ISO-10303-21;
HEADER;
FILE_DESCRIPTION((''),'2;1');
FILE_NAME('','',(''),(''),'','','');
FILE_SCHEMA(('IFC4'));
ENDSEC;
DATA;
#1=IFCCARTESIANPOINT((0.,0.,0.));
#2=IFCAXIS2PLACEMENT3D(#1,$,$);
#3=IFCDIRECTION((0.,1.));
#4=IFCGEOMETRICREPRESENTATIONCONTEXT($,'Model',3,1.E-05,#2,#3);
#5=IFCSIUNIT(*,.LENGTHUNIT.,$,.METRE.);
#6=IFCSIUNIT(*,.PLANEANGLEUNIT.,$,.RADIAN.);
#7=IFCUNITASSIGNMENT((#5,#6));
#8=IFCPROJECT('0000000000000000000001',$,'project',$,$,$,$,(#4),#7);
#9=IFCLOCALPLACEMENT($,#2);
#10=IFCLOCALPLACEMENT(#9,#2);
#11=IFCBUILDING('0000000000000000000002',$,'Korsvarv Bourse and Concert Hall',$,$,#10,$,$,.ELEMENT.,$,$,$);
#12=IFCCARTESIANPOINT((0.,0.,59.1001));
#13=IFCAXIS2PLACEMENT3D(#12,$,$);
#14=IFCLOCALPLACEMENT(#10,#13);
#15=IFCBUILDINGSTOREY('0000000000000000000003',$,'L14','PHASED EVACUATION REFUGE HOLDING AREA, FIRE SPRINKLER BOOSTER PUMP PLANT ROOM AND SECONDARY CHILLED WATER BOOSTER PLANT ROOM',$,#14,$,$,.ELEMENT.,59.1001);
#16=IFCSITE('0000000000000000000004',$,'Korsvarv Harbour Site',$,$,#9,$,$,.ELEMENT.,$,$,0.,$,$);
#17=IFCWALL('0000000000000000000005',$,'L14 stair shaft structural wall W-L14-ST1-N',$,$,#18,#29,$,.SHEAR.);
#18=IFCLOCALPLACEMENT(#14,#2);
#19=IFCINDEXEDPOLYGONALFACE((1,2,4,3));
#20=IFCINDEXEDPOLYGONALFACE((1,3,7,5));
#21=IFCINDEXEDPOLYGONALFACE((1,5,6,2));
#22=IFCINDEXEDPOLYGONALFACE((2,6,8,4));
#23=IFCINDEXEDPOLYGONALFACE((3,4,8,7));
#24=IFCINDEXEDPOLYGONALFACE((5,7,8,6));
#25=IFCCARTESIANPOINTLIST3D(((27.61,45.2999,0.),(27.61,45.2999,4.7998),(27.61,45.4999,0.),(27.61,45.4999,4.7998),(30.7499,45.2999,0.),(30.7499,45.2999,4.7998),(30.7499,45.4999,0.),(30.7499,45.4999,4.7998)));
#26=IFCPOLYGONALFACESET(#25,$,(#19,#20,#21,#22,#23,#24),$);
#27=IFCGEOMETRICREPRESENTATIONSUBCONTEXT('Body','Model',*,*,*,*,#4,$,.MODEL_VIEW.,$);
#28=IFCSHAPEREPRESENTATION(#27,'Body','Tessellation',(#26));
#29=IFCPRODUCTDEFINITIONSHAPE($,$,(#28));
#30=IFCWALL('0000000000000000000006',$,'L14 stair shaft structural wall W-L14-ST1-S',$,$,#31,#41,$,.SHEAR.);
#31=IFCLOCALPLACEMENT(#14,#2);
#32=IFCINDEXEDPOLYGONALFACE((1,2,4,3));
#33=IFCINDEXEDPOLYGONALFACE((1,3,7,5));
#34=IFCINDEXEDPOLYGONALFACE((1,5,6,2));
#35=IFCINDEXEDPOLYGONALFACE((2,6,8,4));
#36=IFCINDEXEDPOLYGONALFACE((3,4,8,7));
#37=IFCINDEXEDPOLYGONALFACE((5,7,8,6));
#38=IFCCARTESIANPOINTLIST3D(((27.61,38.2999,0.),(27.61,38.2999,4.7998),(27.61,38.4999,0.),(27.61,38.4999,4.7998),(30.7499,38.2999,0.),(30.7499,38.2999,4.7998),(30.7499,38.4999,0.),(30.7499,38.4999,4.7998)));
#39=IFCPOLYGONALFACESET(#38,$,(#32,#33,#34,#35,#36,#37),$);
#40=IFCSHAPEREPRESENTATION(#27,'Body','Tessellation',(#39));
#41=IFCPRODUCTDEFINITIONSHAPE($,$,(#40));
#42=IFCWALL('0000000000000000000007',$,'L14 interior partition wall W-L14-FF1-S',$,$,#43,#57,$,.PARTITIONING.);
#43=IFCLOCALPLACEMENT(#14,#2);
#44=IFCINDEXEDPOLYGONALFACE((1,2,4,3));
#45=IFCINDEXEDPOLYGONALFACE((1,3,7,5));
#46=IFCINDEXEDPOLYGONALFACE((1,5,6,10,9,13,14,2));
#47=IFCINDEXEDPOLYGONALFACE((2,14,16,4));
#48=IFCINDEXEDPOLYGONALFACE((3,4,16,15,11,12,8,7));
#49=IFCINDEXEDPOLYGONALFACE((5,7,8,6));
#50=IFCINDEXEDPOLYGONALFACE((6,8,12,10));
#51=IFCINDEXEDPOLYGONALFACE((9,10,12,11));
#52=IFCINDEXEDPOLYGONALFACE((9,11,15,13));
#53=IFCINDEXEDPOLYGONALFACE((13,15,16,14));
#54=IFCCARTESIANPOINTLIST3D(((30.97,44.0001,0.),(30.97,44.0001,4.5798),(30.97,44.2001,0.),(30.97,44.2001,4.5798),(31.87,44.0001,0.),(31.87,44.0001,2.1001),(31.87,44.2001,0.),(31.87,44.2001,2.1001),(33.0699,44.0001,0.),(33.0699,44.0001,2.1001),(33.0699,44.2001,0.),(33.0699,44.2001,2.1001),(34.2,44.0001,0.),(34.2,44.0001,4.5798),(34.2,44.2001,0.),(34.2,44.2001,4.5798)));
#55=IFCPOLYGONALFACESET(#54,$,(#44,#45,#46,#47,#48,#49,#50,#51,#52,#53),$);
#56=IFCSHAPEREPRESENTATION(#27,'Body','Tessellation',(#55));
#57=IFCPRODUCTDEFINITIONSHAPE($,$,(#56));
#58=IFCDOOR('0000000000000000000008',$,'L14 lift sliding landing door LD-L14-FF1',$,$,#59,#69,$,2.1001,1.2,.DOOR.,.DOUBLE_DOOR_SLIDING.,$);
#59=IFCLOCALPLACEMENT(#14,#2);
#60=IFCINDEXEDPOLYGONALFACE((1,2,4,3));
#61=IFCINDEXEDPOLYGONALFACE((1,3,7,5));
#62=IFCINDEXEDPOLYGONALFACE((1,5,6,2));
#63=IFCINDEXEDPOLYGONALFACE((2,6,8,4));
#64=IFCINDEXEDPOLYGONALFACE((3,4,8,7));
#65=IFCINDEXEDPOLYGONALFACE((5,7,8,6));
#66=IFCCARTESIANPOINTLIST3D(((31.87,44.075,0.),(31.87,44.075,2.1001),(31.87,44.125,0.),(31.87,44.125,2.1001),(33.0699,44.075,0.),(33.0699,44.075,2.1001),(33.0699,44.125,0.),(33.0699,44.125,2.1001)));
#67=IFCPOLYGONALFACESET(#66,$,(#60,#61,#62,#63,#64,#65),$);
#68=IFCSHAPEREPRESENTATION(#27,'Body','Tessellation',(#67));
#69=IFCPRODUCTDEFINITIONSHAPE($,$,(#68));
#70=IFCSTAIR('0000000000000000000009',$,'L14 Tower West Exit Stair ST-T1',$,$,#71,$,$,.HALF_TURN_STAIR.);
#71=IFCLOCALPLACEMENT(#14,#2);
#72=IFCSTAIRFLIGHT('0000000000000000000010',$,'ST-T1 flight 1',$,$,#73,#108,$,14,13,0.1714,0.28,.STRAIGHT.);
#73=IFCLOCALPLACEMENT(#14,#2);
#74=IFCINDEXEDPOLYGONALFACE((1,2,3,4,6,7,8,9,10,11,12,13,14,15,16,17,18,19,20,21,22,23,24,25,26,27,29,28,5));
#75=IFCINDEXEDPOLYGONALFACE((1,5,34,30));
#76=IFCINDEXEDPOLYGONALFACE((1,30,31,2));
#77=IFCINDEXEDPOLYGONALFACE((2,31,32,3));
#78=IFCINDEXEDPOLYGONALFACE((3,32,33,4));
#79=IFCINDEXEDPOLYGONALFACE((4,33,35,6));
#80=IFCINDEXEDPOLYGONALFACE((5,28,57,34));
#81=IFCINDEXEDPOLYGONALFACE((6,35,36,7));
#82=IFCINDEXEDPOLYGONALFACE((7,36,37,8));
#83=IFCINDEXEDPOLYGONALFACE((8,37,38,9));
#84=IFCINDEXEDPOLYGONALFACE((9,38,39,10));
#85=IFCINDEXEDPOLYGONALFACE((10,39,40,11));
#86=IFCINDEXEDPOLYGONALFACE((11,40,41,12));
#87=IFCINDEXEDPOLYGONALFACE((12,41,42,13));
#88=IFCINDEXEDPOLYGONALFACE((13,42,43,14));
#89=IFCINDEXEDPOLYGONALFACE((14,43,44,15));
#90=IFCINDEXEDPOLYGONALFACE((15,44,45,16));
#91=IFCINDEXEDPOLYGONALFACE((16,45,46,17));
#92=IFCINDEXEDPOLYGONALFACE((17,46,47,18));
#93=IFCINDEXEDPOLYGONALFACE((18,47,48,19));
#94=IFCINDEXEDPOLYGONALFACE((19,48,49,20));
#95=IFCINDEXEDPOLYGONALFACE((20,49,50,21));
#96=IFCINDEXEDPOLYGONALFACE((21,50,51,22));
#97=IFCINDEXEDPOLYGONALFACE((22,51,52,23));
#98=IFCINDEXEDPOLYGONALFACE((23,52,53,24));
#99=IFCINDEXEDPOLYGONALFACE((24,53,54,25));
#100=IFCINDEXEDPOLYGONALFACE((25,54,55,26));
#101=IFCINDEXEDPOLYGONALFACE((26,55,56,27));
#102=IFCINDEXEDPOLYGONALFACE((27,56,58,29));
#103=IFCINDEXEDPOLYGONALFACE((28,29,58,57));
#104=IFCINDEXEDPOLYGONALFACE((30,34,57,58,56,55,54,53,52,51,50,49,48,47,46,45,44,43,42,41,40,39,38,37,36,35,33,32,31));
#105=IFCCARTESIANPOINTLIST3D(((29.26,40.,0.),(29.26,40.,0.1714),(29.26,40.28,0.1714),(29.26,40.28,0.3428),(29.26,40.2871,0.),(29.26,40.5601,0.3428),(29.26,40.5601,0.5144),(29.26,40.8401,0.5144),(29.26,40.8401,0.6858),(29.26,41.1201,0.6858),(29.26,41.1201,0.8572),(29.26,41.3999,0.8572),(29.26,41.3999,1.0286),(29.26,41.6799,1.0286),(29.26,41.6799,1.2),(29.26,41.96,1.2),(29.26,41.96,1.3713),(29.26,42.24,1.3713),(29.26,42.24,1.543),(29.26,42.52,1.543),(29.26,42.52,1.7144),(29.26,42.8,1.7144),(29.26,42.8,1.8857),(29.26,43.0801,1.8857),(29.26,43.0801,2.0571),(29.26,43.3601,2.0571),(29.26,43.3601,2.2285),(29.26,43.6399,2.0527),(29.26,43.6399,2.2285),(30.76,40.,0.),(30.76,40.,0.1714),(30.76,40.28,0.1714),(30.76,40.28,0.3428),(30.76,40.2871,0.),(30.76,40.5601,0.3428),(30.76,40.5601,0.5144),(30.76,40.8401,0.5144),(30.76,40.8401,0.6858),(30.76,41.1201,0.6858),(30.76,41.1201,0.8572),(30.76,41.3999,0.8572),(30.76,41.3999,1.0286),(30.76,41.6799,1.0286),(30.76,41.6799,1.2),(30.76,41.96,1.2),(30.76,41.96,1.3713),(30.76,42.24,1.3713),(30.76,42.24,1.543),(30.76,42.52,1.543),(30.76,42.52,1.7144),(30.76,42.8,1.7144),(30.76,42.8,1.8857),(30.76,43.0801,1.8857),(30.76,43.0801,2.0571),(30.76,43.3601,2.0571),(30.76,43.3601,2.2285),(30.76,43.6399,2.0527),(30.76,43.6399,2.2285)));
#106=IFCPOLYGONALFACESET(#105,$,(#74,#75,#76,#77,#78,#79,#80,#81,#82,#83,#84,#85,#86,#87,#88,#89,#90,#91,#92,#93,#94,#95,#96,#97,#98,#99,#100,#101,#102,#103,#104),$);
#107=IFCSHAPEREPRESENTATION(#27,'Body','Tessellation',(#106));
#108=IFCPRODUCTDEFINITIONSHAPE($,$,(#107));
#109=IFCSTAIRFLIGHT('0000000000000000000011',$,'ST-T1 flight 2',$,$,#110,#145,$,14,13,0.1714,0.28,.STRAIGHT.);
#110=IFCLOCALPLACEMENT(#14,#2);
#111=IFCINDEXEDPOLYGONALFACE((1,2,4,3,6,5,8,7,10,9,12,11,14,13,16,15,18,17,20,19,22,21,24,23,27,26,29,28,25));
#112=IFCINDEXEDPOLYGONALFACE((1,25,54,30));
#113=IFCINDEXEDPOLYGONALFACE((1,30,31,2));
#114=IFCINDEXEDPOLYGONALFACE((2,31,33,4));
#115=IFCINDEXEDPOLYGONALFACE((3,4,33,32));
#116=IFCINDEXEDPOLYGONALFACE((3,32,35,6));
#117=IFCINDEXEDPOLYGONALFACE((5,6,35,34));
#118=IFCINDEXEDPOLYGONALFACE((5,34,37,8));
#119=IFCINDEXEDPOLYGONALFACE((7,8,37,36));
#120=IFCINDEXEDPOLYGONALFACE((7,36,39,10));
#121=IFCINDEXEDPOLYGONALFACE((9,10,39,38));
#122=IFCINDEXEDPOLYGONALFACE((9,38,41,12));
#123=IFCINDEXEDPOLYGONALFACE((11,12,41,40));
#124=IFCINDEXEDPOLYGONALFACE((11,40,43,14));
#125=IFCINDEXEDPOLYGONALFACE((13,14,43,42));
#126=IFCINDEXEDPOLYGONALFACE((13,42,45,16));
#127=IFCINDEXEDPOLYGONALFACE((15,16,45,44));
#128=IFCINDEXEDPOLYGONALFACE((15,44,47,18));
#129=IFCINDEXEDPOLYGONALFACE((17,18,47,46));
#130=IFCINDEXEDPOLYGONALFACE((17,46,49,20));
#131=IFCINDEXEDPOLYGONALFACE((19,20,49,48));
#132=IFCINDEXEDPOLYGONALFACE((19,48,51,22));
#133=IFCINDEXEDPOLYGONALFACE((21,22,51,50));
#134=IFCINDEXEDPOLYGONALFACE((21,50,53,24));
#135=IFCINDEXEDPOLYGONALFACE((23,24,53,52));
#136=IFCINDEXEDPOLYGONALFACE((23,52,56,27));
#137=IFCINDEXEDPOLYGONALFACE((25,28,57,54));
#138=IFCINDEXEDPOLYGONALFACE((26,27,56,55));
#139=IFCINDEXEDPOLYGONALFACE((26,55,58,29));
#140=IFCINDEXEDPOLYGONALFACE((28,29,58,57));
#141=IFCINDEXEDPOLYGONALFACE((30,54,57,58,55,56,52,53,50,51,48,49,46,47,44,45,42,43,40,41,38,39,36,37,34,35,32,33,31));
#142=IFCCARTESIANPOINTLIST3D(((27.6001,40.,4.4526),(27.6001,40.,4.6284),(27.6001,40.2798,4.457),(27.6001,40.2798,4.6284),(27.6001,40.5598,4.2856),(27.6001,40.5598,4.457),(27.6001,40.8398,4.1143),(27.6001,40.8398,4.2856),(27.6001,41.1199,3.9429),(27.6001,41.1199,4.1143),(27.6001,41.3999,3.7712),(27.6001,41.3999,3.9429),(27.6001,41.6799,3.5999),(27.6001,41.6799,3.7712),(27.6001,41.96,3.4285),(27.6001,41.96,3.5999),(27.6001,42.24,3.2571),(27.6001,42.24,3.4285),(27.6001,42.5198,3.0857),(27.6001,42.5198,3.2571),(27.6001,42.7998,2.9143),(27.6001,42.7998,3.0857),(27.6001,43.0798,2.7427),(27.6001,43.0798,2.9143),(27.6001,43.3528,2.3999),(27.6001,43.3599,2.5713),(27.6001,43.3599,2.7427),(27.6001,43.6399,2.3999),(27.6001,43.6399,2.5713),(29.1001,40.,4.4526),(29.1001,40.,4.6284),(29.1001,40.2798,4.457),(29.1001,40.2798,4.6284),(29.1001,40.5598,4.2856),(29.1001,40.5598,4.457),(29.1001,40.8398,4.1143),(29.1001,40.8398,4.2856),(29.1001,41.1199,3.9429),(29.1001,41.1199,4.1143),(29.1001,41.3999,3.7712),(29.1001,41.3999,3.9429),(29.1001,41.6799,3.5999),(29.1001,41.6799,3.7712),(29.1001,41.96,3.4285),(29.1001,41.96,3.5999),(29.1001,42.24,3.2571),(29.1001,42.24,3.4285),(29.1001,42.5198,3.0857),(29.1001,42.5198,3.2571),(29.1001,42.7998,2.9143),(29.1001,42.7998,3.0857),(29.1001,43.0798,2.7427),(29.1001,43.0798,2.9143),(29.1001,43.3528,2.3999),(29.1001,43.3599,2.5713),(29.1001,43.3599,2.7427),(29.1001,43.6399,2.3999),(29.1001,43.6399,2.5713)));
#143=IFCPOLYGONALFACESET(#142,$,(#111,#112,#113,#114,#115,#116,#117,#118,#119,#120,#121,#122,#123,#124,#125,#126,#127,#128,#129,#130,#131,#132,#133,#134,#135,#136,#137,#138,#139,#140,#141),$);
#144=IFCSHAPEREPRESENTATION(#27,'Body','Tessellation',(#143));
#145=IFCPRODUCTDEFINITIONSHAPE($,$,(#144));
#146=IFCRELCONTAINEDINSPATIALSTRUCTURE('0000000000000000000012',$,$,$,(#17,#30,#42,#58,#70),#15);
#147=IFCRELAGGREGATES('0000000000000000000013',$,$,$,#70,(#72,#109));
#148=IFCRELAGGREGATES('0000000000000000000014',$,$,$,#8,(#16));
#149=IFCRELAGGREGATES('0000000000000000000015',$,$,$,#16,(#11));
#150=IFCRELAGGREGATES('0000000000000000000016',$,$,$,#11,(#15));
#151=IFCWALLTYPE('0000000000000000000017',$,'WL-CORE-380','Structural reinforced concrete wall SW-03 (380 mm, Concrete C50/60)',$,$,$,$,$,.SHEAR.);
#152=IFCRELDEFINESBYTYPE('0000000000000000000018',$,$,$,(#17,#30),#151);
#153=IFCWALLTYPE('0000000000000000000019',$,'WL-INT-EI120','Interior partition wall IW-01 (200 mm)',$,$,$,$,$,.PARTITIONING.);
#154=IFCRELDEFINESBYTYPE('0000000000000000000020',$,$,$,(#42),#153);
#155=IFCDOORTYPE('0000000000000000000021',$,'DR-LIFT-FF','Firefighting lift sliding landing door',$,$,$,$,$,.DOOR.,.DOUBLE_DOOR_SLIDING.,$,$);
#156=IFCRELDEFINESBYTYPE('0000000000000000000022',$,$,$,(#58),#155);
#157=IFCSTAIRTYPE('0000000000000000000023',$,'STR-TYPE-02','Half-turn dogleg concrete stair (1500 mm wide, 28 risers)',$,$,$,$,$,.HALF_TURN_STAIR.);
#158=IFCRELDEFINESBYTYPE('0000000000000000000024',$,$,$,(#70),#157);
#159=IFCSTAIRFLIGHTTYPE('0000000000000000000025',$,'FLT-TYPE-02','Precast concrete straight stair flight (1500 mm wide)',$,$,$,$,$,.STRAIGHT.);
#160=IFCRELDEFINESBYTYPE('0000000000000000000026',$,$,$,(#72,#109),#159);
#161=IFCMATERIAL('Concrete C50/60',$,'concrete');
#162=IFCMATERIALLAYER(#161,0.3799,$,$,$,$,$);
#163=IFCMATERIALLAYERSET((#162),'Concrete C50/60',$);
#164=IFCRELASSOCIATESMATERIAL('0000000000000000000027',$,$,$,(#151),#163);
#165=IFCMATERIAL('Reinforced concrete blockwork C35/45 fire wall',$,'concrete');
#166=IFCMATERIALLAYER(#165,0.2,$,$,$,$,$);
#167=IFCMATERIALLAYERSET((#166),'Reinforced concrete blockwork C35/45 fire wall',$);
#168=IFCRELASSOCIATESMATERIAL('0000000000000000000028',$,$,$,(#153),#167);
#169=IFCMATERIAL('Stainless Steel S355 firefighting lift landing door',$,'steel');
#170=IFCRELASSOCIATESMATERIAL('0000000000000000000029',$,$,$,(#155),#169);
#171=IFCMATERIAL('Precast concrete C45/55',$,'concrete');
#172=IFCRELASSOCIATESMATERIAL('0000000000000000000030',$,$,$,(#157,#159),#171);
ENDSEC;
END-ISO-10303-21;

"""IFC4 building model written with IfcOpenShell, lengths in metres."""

from ifc_helpers import new_model, si_unit, direction, frame, frame_2d, origin, place, context, subcontext, project, spatial, polyline, rectangle, outline, extrude, material, layer, layer_set, type_object, element, fill, aggregate, save


model = new_model("IFC4")

# Units and contexts
model_context = context("Model", 3, precision=1e-05, world=origin(), true_north=direction((0.0, 1.0)))
body_context = subcontext(model_context, "Body", "Model", "MODEL_VIEW")
ifc_project = project(units=[si_unit("LENGTHUNIT", "METRE"), si_unit("PLANEANGLEUNIT", "RADIAN")], contexts=[model_context])

# Site, building, storey
site_placement = place(None, origin())
site = spatial("IfcSite", under=ifc_project, at=site_placement, Name="Korsvarv Harbour Site", CompositionType="ELEMENT", RefElevation=0.0)
building_placement = place(site_placement, origin())
building = spatial("IfcBuilding", under=site, at=building_placement, Name="Korsvarv Bourse and Concert Hall", CompositionType="ELEMENT")
storey_placement = place(building_placement, frame((0.0, 0.0, 59.1001)))
storey = spatial("IfcBuildingStorey", under=building, at=storey_placement, Name="L14", Description="PHASED EVACUATION REFUGE HOLDING AREA, FIRE SPRINKLER BOOSTER PUMP PLANT ROOM AND SECONDARY CHILLED WATER BOOSTER PLANT ROOM", CompositionType="ELEMENT", Elevation=59.1001)

# Walls
ifc_material_1 = material(Name="Concrete C50/60", Category="concrete")
ifc_layer_1 = layer(ifc_material_1, 0.3799)
ifc_layer_set_1 = layer_set([ifc_layer_1], Name="Concrete C50/60")
wall_type_1 = type_object("IfcWallType", Name="WL-CORE-380", Description="Structural reinforced concrete wall SW-03 (380 mm, Concrete C50/60)", PredefinedType="SHEAR", material=ifc_layer_set_1)
for number, where, z_axis, x_axis, name in (
    (1, (27.6101, 45.3999, 0.0), (0.0, 0.0, 1.0), (1.0, 0.0, 0.0), "L14 stair shaft structural wall W-L14-ST1-N"),
    (2, (27.6101, 38.3999, 0.0), (0.0, 0.0, 1.0), (1.0, 0.0, 0.0), "L14 stair shaft structural wall W-L14-ST1-S"),
):
    element("IfcWall", number, at=place(storey_placement, frame(where, z_axis=z_axis, x_axis=x_axis)), inside=storey, type_object=wall_type_1, Name=name, PredefinedType="SHEAR", context=body_context, shape_type="SweptSolid", body=[
        extrude(rectangle(XDim=3.1399, YDim=0.2, at=frame_2d((1.5698, 0.0))), origin(), (0.0, 0.0, 1.0), 4.7998),
    ])

# Wall, opening, door
ifc_material_2 = material(Name="Reinforced concrete blockwork C35/45 fire wall", Category="concrete")
ifc_layer_2 = layer(ifc_material_2, 0.2)
ifc_layer_set_2 = layer_set([ifc_layer_2], Name="Reinforced concrete blockwork C35/45 fire wall")
wall_type_2 = type_object("IfcWallType", Name="WL-INT-EI120", Description="Interior partition wall IW-01 (200 mm)", PredefinedType="PARTITIONING", material=ifc_layer_set_2)
wall_placement = place(storey_placement, frame((30.97, 44.1001, 0.0), z_axis=(0.0, 0.0, 1.0), x_axis=(1.0, 0.0, 0.0)))
wall = element("IfcWall", 3, at=wall_placement, inside=storey, type_object=wall_type_2, Name="L14 interior partition wall W-L14-FF1-S", PredefinedType="PARTITIONING", context=body_context, shape_type="SweptSolid", body=[
    extrude(rectangle(XDim=3.23, YDim=0.2, at=frame_2d((1.615, 0.0))), origin(), (0.0, 0.0, 1.0), 4.5798),
])
opening_placement = place(wall_placement, frame((0.8999, 0.0, 0.0)))
opening = element("IfcOpeningElement", 4, at=opening_placement, cuts=wall, PredefinedType="OPENING", context=body_context, shape_type="SweptSolid", body=[
    extrude(rectangle(XDim=1.2, YDim=2.1001, at=frame_2d((0.6001, 1.05))), frame((0.0, 0.1099, 0.0), z_axis=(0.0, -1.0, 0.0), x_axis=(1.0, 0.0, 0.0)), (0.0, 0.0, 1.0), 0.22),
])
ifc_material_3 = material(Name="Stainless Steel S355 firefighting lift landing door", Category="steel")
door_type = type_object("IfcDoorType", Name="DR-LIFT-FF", Description="Firefighting lift sliding landing door", OperationType="DOUBLE_DOOR_SLIDING", PredefinedType="DOOR", material=ifc_material_3)
door_placement = place(opening_placement, origin())
door = element("IfcDoor", 5, at=door_placement, inside=storey, type_object=door_type, Name="L14 lift sliding landing door LD-L14-FF1", OperationType="DOUBLE_DOOR_SLIDING", OverallHeight=2.1001, OverallWidth=1.2, PredefinedType="DOOR", context=body_context, shape_type="SweptSolid", body=[
    extrude(rectangle(XDim=1.2, YDim=2.1001, at=frame_2d((0.6001, 1.05))), frame((0.0, 0.0249, 0.0), z_axis=(0.0, -1.0, 0.0), x_axis=(1.0, 0.0, 0.0)), (0.0, 0.0, 1.0), 0.05),
])
fill(opening, door)

# Stair, stair flights
ifc_material_4 = material(Name="Precast concrete C45/55", Category="concrete")
stair_type = type_object("IfcStairType", Name="STR-TYPE-02", Description="Half-turn dogleg concrete stair (1500 mm wide, 28 risers)", PredefinedType="HALF_TURN_STAIR", material=ifc_material_4)
stair_placement = place(storey_placement, origin())
stair = element("IfcStair", 6, at=stair_placement, inside=storey, type_object=stair_type, Name="L14 Tower West Exit Stair ST-T1", PredefinedType="HALF_TURN_STAIR")
stair_flight_type = type_object("IfcStairFlightType", Name="FLT-TYPE-02", Description="Precast concrete straight stair flight (1500 mm wide)", PredefinedType="STRAIGHT", material=ifc_material_4)
stair_flight_1_placement = place(storey_placement, frame((30.01, 40.0, 0.0), z_axis=(0.0, 0.0, 1.0), x_axis=(0.0, 1.0, 0.0)))
stair_flight_1 = element("IfcStairFlight", 7, at=stair_flight_1_placement, type_object=stair_flight_type, Name="ST-T1 flight 1", NumberOfRisers=14, NumberOfTreads=13, PredefinedType="STRAIGHT", RiserHeight=0.1714, TreadLength=0.28, context=body_context, shape_type="SweptSolid", body=[
    extrude(outline(polyline([(0.0, 0.0), (0.0, 0.1714), (0.28, 0.1714), (0.28, 0.3428), (0.5601, 0.3428), (0.5601, 0.5144), (0.8401, 0.5144), (0.8401, 0.6858), (1.1201, 0.6858), (1.1201, 0.8572), (1.3999, 0.8572), (1.3999, 1.0286), (1.6799, 1.0286), (1.6799, 1.2), (1.96, 1.2), (1.96, 1.3713), (2.24, 1.3713), (2.24, 1.543), (2.52, 1.543), (2.52, 1.7144), (2.8, 1.7144), (2.8, 1.8857), (3.0801, 1.8857), (3.0801, 2.0571), (3.3601, 2.0571), (3.3601, 2.2285), (3.6399, 2.2285), (3.6399, 2.3999), (3.6399, 2.0527), (0.2871, 0.0), (0.0, 0.0)])), frame((0.0, 0.75, 0.0), z_axis=(0.0, -1.0, 0.0), x_axis=(1.0, 0.0, 0.0)), (0.0, 0.0, 1.0), 1.5),
])
stair_flight_2_placement = place(storey_placement, frame((28.3501, 43.6399, 2.3999), z_axis=(0.0, 0.0, 1.0), x_axis=(0.0, -1.0, 0.0)))
stair_flight_2 = element("IfcStairFlight", 8, at=stair_flight_2_placement, type_object=stair_flight_type, Name="ST-T1 flight 2", NumberOfRisers=14, NumberOfTreads=13, PredefinedType="STRAIGHT", RiserHeight=0.1714, TreadLength=0.28, context=body_context, shape_type="SweptSolid", body=[
    extrude(outline(polyline([(0.0, 0.0), (0.0, 0.1714), (0.28, 0.1714), (0.28, 0.3428), (0.5601, 0.3428), (0.5601, 0.5144), (0.8401, 0.5144), (0.8401, 0.6858), (1.1201, 0.6858), (1.1201, 0.8572), (1.3999, 0.8572), (1.3999, 1.0286), (1.6799, 1.0286), (1.6799, 1.2), (1.96, 1.2), (1.96, 1.3713), (2.24, 1.3713), (2.24, 1.543), (2.52, 1.543), (2.52, 1.7144), (2.8, 1.7144), (2.8, 1.8857), (3.0801, 1.8857), (3.0801, 2.0571), (3.3601, 2.0571), (3.3601, 2.2285), (3.6399, 2.2285), (3.6399, 2.3999), (3.6399, 2.0527), (0.2871, 0.0), (0.0, 0.0)])), frame((0.0, 0.75, 0.0), z_axis=(0.0, -1.0, 0.0), x_axis=(1.0, 0.0, 0.0)), (0.0, 0.0, 1.0), 1.5),
])
aggregate(stair, [stair_flight_1, stair_flight_2])

save(model, "model.ifc")
